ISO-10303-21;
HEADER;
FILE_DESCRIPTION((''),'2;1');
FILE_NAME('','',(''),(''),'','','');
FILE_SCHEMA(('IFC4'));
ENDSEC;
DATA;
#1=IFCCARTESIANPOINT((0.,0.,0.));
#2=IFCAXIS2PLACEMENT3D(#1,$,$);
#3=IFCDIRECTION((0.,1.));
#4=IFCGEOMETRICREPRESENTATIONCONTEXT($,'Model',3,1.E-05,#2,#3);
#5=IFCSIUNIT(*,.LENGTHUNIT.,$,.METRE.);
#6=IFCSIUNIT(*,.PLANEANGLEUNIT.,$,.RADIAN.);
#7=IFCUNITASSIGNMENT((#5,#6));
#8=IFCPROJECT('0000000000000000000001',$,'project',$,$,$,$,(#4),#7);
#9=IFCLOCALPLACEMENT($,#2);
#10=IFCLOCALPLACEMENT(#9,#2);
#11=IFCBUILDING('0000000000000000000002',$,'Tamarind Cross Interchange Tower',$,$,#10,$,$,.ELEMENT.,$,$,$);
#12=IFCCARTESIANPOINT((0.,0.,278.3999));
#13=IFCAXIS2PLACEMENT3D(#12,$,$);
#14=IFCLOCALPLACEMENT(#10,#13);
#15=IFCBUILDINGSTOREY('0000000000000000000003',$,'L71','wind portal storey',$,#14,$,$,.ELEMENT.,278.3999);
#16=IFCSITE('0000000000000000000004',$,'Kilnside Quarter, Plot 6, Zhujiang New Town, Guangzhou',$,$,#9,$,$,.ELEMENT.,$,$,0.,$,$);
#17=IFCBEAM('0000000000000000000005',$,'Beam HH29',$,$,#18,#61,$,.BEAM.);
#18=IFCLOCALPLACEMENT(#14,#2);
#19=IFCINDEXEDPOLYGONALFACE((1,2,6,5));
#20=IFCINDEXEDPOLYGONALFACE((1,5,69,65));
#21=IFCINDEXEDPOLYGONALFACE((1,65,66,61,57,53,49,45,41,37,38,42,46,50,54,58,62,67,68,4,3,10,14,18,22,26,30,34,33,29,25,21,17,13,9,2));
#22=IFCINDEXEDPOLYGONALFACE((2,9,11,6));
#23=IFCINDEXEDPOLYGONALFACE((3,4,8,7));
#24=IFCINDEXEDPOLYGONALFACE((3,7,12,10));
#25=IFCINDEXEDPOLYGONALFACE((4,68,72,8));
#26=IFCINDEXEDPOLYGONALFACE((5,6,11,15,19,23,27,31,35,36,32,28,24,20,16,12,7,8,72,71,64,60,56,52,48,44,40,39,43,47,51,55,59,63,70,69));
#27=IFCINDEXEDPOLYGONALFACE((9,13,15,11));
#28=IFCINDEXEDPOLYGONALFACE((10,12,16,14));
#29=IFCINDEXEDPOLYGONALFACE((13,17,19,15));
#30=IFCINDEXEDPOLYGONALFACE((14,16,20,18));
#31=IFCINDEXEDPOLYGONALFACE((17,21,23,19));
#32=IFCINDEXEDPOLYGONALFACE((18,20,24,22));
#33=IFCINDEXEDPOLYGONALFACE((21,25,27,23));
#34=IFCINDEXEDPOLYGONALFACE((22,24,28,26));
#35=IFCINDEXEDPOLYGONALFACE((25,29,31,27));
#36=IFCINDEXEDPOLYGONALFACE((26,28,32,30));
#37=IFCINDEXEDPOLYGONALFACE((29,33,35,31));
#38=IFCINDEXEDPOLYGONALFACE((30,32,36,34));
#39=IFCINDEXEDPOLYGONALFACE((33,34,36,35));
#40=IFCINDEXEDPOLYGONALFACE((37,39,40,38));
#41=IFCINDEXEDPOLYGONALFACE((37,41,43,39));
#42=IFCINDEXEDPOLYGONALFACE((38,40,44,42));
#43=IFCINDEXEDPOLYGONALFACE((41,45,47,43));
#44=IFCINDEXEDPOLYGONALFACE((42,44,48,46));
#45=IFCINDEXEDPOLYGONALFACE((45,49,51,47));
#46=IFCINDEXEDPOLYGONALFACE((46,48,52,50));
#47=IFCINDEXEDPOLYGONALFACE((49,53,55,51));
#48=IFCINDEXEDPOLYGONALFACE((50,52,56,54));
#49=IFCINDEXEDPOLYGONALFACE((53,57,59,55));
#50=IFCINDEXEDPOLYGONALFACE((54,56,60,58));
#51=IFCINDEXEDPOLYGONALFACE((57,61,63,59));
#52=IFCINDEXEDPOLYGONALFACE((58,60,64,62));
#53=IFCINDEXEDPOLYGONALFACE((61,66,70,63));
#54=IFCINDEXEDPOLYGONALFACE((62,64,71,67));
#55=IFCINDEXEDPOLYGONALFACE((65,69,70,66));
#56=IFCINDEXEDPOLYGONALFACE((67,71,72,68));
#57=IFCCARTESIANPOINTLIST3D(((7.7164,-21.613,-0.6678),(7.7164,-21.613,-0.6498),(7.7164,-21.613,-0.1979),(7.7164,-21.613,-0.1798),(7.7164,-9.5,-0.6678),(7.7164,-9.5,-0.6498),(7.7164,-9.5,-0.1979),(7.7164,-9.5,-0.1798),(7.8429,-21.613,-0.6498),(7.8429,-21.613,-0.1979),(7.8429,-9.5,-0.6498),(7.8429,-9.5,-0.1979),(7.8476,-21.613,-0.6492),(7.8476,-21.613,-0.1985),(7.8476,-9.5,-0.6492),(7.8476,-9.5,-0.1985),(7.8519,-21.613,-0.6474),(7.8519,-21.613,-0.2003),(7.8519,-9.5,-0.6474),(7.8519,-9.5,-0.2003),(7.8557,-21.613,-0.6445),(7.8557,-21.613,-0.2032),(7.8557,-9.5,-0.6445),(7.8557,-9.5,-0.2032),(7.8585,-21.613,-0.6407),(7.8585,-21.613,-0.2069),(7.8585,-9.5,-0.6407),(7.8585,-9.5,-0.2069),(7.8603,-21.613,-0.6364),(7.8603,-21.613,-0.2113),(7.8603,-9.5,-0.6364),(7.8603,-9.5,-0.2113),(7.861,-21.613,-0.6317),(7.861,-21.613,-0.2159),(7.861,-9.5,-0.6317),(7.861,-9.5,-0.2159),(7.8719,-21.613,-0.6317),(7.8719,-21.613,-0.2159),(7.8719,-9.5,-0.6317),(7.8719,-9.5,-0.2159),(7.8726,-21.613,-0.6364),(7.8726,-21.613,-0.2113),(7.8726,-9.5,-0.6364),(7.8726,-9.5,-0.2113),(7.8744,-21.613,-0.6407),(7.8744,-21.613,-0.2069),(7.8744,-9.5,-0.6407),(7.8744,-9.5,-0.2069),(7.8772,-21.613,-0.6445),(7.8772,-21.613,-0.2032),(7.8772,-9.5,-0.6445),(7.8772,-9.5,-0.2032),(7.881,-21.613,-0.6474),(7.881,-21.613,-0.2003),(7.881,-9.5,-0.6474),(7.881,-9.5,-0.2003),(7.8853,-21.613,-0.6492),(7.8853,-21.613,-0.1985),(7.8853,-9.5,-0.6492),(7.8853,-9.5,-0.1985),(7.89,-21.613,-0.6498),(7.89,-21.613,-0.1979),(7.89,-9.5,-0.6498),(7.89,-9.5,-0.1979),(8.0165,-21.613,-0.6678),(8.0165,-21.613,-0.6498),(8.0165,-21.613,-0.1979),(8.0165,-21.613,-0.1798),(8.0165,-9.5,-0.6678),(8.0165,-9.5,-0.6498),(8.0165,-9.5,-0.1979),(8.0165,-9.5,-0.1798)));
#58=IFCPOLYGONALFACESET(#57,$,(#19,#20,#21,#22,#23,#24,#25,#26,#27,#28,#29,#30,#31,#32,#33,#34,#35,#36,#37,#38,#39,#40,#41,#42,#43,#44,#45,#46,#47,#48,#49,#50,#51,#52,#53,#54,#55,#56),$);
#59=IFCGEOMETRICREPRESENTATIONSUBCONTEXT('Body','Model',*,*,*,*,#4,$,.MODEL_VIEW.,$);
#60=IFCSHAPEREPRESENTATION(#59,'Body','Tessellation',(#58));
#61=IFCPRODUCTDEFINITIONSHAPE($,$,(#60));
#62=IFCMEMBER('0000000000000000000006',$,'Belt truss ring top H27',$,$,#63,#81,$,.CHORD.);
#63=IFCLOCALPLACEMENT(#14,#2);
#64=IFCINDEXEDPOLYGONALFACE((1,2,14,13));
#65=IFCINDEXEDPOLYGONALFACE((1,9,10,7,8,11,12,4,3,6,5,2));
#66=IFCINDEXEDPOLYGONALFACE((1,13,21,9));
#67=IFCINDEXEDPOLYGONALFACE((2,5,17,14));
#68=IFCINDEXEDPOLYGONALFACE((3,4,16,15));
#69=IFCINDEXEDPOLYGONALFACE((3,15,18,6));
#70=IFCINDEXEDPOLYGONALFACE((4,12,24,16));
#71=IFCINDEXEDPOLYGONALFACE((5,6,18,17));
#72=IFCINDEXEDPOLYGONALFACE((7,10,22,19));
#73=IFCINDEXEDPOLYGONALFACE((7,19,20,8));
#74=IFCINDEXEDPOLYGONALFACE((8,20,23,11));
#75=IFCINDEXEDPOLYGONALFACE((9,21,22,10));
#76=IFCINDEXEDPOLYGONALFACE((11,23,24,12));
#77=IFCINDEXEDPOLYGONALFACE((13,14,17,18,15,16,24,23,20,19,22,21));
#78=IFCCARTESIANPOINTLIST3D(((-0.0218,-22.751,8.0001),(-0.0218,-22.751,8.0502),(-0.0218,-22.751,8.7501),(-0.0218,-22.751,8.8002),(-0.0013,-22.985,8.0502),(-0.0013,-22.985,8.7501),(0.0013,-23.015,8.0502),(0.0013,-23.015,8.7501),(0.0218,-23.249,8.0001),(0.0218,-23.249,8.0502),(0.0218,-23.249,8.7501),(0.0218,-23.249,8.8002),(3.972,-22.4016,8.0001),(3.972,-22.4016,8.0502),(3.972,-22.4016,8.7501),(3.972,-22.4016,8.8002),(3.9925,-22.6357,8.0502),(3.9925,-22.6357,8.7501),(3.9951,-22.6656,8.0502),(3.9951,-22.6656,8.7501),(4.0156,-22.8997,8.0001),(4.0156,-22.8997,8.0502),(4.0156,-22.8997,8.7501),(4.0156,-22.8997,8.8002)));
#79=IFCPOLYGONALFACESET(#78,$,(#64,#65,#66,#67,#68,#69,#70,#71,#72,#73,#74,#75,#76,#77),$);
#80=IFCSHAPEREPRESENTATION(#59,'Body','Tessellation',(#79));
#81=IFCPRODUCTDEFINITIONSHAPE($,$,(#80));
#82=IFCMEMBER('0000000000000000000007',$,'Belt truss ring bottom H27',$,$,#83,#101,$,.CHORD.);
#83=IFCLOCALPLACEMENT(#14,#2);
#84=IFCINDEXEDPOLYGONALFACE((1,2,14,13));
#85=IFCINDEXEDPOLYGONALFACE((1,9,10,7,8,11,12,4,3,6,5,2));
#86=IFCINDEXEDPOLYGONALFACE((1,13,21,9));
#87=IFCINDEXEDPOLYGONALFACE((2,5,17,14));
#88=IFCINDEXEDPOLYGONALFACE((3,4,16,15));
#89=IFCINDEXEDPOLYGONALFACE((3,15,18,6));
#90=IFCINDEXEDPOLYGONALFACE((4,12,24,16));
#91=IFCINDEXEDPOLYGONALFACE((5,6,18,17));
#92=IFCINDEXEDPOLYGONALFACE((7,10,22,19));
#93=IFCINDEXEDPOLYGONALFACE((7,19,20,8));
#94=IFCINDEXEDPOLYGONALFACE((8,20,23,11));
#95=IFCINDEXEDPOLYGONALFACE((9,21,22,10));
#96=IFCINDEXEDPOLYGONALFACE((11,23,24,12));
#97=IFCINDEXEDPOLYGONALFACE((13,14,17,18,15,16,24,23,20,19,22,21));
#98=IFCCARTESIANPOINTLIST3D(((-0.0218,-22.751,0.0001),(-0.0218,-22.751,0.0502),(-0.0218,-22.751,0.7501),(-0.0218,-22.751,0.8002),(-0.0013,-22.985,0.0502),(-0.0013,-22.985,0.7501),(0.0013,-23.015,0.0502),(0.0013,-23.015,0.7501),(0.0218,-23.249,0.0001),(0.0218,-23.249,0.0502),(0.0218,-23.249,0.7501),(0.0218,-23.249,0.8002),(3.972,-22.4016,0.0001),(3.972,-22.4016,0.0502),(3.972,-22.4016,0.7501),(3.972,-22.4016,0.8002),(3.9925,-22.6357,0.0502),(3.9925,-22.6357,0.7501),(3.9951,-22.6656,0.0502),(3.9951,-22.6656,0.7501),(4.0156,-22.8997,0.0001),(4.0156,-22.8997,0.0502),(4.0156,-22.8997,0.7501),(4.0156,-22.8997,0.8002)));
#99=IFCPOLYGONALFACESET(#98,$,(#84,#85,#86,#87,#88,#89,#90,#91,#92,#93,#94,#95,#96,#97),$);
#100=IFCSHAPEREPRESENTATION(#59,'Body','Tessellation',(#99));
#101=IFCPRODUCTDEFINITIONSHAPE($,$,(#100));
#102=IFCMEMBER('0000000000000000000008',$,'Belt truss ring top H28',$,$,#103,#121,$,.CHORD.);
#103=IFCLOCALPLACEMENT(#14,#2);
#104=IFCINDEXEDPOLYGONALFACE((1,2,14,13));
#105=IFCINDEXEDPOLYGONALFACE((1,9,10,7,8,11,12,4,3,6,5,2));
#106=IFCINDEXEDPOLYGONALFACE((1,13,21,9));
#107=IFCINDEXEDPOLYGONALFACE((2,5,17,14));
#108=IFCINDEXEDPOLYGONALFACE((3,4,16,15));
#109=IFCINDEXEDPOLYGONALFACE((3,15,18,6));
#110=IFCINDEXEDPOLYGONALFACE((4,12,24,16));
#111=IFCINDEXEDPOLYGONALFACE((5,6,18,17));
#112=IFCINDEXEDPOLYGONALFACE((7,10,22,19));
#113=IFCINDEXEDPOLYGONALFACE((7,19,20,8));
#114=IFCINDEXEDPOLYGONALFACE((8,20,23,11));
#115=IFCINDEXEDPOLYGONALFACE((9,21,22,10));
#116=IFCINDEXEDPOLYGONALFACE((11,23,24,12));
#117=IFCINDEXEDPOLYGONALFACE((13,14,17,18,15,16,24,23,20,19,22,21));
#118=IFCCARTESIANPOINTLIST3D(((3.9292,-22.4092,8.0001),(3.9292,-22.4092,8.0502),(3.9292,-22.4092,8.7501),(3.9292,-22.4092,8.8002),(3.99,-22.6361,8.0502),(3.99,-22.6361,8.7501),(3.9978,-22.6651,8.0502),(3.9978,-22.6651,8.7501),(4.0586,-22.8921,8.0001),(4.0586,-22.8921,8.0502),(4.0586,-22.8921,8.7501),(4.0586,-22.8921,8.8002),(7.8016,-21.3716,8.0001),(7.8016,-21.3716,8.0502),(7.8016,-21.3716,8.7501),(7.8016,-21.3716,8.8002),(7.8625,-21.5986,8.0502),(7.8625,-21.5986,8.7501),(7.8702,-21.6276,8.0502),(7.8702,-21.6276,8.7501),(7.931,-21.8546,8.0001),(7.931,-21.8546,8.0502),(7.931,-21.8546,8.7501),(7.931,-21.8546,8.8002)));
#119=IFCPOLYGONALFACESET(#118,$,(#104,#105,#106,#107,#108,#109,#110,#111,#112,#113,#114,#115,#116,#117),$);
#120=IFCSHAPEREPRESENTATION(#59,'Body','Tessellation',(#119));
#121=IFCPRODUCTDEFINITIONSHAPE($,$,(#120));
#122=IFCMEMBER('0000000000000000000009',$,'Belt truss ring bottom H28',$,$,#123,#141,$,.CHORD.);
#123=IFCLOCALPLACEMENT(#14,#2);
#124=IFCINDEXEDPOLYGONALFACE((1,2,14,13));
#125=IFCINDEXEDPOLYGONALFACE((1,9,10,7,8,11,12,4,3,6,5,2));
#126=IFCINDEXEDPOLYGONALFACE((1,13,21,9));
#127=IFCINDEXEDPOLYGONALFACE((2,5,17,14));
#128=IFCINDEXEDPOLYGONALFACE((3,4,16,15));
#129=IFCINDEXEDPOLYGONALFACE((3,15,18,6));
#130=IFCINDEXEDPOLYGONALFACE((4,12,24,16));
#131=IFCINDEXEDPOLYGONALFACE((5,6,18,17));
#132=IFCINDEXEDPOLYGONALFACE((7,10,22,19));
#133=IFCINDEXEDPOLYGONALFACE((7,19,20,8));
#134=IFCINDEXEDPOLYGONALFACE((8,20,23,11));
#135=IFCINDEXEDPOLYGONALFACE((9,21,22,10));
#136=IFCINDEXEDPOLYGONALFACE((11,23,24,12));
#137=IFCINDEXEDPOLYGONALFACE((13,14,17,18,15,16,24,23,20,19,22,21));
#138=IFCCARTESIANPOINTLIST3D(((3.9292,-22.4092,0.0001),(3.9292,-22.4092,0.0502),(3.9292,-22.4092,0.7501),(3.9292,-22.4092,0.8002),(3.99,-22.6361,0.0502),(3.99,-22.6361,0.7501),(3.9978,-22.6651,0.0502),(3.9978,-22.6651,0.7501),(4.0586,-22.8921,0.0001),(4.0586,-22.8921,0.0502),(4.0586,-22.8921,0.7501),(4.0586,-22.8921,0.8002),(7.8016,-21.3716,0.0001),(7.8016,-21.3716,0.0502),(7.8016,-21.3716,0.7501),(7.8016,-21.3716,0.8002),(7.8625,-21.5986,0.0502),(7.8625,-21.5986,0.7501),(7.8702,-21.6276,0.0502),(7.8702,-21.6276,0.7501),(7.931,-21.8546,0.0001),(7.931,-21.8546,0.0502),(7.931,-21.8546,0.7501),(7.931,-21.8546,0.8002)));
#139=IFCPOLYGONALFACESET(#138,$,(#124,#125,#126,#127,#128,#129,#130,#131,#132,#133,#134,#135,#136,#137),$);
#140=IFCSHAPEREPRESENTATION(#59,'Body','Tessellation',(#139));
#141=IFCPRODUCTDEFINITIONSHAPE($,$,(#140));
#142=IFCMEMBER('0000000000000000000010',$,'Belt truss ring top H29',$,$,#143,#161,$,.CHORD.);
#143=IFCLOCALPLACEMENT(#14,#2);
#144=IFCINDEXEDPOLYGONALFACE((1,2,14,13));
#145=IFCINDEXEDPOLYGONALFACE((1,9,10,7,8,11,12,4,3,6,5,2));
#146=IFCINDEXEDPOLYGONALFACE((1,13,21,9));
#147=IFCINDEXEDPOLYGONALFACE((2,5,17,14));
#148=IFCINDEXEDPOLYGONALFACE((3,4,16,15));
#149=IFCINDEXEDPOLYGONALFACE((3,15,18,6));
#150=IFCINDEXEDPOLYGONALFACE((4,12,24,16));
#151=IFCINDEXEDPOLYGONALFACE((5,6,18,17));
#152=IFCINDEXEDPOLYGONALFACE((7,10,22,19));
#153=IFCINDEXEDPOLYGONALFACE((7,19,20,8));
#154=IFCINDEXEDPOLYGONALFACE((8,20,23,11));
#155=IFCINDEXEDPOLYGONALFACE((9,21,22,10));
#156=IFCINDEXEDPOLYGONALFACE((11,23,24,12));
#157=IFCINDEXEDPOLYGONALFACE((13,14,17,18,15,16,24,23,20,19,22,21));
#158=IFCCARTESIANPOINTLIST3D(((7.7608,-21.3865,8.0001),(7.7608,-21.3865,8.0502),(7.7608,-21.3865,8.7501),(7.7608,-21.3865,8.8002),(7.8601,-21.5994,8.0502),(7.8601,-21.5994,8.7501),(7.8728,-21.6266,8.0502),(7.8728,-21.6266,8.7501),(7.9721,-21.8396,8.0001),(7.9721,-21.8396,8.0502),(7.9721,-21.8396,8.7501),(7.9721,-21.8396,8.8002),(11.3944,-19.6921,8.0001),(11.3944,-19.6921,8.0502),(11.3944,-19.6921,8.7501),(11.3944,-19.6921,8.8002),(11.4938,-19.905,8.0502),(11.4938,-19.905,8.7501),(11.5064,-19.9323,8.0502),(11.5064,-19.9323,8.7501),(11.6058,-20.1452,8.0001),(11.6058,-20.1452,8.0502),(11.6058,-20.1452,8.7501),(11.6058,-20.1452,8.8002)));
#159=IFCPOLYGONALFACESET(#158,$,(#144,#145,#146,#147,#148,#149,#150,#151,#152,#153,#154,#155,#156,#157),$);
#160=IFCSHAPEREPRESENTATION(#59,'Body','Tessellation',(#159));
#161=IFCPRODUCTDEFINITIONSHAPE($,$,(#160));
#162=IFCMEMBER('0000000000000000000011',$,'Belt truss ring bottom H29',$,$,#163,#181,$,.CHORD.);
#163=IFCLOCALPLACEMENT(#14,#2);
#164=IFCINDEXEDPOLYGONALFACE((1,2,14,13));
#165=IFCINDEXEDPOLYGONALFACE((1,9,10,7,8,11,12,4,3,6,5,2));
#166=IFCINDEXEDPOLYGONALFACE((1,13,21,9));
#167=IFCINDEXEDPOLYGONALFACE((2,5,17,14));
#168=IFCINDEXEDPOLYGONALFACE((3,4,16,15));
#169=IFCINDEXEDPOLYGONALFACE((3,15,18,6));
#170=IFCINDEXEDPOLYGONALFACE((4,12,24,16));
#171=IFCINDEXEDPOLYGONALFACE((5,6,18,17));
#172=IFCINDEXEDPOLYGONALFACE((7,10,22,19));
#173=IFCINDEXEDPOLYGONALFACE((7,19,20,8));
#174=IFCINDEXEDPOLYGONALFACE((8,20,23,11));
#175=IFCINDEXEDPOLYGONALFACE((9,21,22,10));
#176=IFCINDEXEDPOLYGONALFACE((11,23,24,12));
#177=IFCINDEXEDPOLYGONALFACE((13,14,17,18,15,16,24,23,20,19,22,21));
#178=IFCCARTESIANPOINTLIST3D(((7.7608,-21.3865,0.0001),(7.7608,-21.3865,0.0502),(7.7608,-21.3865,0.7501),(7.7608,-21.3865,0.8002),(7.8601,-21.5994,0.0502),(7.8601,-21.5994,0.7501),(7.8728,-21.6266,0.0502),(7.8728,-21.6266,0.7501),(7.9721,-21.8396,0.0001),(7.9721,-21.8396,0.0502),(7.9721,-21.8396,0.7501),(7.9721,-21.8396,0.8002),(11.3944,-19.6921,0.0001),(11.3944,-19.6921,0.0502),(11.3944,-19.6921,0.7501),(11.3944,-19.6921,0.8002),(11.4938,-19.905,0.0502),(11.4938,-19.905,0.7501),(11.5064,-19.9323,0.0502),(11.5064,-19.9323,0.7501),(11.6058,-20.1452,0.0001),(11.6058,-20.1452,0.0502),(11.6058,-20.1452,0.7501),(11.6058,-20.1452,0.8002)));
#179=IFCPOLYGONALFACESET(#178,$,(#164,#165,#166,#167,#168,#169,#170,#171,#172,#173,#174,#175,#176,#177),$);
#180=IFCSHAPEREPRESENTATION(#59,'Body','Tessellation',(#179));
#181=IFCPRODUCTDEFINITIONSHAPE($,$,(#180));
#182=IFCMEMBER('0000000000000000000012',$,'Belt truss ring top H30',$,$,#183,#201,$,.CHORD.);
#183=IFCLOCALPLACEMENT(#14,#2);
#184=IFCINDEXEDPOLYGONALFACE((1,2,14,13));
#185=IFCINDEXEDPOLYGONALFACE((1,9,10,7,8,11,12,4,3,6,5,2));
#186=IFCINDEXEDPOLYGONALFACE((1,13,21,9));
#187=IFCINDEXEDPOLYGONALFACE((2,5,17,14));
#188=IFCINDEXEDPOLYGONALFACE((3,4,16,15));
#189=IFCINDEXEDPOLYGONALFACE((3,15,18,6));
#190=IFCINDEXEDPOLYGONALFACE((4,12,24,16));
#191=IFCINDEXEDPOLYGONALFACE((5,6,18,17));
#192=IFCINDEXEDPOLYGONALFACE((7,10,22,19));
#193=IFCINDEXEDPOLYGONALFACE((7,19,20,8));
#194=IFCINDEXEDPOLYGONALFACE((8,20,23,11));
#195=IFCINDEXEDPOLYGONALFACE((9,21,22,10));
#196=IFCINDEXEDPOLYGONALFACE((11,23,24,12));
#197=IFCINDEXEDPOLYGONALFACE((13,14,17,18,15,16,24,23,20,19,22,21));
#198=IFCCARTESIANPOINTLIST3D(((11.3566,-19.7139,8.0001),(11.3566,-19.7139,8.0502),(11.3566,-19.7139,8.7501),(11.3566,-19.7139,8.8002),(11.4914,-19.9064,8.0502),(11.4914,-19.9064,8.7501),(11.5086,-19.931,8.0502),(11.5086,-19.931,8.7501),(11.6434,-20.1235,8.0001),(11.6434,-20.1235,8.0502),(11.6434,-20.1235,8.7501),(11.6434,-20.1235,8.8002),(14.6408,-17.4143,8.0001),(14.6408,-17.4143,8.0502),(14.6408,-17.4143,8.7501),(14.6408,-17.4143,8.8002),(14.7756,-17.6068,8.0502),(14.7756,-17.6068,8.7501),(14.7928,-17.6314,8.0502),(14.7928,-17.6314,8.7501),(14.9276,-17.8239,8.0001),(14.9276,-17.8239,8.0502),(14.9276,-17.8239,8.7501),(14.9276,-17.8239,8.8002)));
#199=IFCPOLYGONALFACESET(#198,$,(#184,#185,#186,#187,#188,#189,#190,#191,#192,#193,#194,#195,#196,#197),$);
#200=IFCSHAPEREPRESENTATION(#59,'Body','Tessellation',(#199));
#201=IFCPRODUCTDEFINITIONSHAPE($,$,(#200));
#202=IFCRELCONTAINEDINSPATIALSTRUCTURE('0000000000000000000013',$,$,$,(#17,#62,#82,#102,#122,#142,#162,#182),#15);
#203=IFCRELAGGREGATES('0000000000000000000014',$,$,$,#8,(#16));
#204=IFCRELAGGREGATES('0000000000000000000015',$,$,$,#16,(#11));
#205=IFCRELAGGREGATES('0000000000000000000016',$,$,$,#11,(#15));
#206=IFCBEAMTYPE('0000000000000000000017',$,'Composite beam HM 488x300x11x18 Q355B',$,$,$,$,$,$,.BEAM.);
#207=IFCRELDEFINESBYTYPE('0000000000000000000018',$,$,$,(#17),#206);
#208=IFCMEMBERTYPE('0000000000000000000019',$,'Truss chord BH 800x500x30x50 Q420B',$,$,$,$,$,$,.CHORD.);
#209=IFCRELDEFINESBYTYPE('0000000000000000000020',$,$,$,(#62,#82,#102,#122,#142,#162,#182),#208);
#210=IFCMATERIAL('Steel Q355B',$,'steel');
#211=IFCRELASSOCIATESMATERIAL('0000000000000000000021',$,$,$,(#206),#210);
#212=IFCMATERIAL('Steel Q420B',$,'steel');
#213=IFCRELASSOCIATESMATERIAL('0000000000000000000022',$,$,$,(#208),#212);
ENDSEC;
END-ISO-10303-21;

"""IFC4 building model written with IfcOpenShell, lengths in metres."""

from ifc_helpers import new_model, si_unit, direction, frame, origin, origin_2d, place, context, subcontext, project, spatial, i_section, extrude, material, material_profile, profile_set, type_object, element, save


model = new_model("IFC4")

# Units and contexts
model_context = context("Model", 3, precision=1e-05, world=origin(), true_north=direction((0.0, 1.0)))
body_context = subcontext(model_context, "Body", "Model", "MODEL_VIEW")
ifc_project = project(units=[si_unit("LENGTHUNIT", "METRE"), si_unit("PLANEANGLEUNIT", "RADIAN")], contexts=[model_context])

# Site, building, storey
site_placement = place(None, origin())
site = spatial("IfcSite", under=ifc_project, at=site_placement, Name="Kilnside Quarter, Plot 6, Zhujiang New Town, Guangzhou", CompositionType="ELEMENT", RefElevation=0.0)
building_placement = place(site_placement, origin())
building = spatial("IfcBuilding", under=site, at=building_placement, Name="Tamarind Cross Interchange Tower", CompositionType="ELEMENT")
storey_placement = place(building_placement, frame((0.0, 0.0, 278.3999)))
storey = spatial("IfcBuildingStorey", under=building, at=storey_placement, Name="L71", Description="wind portal storey", CompositionType="ELEMENT", Elevation=278.3999)

# Beam
ifc_material_1 = material(Name="Steel Q355B", Category="steel")
ifc_material_profile_1 = material_profile(ifc_material_1, i_section(OverallWidth=0.3, OverallDepth=0.488, WebThickness=0.011, FlangeThickness=0.0181, FilletRadius=0.0181, at=origin_2d()), Name="HM 488x300x11x18")
ifc_profile_set_1 = profile_set([ifc_material_profile_1], Name="Steel Q355B")
beam_type = type_object("IfcBeamType", Name="Composite beam HM 488x300x11x18 Q355B", PredefinedType="BEAM", material=ifc_profile_set_1)
beam_1_placement = place(storey_placement, frame((7.8665, -21.613, -0.4238), z_axis=(0.0, 1.0, 0.0), x_axis=(-1.0, 0.0, 0.0)))
element("IfcBeam", 1, at=beam_1_placement, inside=storey, type_object=beam_type, Name="Beam HH29", PredefinedType="BEAM", context=body_context, shape_type="SweptSolid", body=[
    extrude(i_section(OverallWidth=0.3, OverallDepth=0.488, WebThickness=0.011, FlangeThickness=0.0181, FilletRadius=0.0181, at=origin_2d()), origin(), (0.0, 0.0, 1.0), 12.113),
])

# Members
ifc_material_2 = material(Name="Steel Q420B", Category="steel")
ifc_material_profile_2 = material_profile(ifc_material_2, i_section(OverallWidth=0.5, OverallDepth=0.8, WebThickness=0.03, FlangeThickness=0.05, at=origin_2d()), Name="BH 800x500x30x50")
ifc_profile_set_2 = profile_set([ifc_material_profile_2], Name="Steel Q420B")
member_type_1 = type_object("IfcMemberType", Name="Truss chord BH 800x500x30x50 Q420B", PredefinedType="CHORD", material=ifc_profile_set_2)
for number, where, z_axis, x_axis, name in (
    (2, (0.0, -23.0, 8.4001), (0.996196, 0.087142, 0.0), (-0.087142, 0.996196, 0.0), "Belt truss ring top H27"),
    (3, (0.0, -23.0, 0.4001), (0.996196, 0.087142, 0.0), (-0.087142, 0.996196, 0.0), "Belt truss ring bottom H27"),
    (4, (3.9939, -22.6506, 8.4001), (0.965929, 0.258807, 0.0), (-0.258807, 0.965929, 0.0), "Belt truss ring top H28"),
    (5, (3.9939, -22.6506, 0.4001), (0.965929, 0.258807, 0.0), (-0.258807, 0.965929, 0.0), "Belt truss ring bottom H28"),
):
    element("IfcMember", number, at=place(storey_placement, frame(where, z_axis=z_axis, x_axis=x_axis)), inside=storey, type_object=member_type_1, Name=name, PredefinedType="CHORD", context=body_context, shape_type="SweptSolid", body=[
        extrude(i_section(OverallWidth=0.5, OverallDepth=0.8, WebThickness=0.03, FlangeThickness=0.05, at=origin_2d()), origin(), (0.0, 0.0, 1.0), 4.009),
    ])
for number, where, z_axis, x_axis, name in (
    (6, (7.8665, -21.613, 8.4001), (0.906309, 0.422615, 0.0), (-0.422615, 0.906309, 0.0), "Belt truss ring top H29"),
    (7, (7.8665, -21.613, 0.4001), (0.906309, 0.422615, 0.0), (-0.422615, 0.906309, 0.0), "Belt truss ring bottom H29"),
    (8, (11.5, -19.9187, 8.4001), (0.819158, 0.573569, 0.0), (-0.573569, 0.819158, 0.0), "Belt truss ring top H30"),
):
    element("IfcMember", number, at=place(storey_placement, frame(where, z_axis=z_axis, x_axis=x_axis)), inside=storey, type_object=member_type_1, Name=name, PredefinedType="CHORD", context=body_context, shape_type="SweptSolid", body=[
        extrude(i_section(OverallWidth=0.5, OverallDepth=0.8, WebThickness=0.03, FlangeThickness=0.05, at=origin_2d()), origin(), (0.0, 0.0, 1.0), 4.0093),
    ])

save(model, "model.ifc")
